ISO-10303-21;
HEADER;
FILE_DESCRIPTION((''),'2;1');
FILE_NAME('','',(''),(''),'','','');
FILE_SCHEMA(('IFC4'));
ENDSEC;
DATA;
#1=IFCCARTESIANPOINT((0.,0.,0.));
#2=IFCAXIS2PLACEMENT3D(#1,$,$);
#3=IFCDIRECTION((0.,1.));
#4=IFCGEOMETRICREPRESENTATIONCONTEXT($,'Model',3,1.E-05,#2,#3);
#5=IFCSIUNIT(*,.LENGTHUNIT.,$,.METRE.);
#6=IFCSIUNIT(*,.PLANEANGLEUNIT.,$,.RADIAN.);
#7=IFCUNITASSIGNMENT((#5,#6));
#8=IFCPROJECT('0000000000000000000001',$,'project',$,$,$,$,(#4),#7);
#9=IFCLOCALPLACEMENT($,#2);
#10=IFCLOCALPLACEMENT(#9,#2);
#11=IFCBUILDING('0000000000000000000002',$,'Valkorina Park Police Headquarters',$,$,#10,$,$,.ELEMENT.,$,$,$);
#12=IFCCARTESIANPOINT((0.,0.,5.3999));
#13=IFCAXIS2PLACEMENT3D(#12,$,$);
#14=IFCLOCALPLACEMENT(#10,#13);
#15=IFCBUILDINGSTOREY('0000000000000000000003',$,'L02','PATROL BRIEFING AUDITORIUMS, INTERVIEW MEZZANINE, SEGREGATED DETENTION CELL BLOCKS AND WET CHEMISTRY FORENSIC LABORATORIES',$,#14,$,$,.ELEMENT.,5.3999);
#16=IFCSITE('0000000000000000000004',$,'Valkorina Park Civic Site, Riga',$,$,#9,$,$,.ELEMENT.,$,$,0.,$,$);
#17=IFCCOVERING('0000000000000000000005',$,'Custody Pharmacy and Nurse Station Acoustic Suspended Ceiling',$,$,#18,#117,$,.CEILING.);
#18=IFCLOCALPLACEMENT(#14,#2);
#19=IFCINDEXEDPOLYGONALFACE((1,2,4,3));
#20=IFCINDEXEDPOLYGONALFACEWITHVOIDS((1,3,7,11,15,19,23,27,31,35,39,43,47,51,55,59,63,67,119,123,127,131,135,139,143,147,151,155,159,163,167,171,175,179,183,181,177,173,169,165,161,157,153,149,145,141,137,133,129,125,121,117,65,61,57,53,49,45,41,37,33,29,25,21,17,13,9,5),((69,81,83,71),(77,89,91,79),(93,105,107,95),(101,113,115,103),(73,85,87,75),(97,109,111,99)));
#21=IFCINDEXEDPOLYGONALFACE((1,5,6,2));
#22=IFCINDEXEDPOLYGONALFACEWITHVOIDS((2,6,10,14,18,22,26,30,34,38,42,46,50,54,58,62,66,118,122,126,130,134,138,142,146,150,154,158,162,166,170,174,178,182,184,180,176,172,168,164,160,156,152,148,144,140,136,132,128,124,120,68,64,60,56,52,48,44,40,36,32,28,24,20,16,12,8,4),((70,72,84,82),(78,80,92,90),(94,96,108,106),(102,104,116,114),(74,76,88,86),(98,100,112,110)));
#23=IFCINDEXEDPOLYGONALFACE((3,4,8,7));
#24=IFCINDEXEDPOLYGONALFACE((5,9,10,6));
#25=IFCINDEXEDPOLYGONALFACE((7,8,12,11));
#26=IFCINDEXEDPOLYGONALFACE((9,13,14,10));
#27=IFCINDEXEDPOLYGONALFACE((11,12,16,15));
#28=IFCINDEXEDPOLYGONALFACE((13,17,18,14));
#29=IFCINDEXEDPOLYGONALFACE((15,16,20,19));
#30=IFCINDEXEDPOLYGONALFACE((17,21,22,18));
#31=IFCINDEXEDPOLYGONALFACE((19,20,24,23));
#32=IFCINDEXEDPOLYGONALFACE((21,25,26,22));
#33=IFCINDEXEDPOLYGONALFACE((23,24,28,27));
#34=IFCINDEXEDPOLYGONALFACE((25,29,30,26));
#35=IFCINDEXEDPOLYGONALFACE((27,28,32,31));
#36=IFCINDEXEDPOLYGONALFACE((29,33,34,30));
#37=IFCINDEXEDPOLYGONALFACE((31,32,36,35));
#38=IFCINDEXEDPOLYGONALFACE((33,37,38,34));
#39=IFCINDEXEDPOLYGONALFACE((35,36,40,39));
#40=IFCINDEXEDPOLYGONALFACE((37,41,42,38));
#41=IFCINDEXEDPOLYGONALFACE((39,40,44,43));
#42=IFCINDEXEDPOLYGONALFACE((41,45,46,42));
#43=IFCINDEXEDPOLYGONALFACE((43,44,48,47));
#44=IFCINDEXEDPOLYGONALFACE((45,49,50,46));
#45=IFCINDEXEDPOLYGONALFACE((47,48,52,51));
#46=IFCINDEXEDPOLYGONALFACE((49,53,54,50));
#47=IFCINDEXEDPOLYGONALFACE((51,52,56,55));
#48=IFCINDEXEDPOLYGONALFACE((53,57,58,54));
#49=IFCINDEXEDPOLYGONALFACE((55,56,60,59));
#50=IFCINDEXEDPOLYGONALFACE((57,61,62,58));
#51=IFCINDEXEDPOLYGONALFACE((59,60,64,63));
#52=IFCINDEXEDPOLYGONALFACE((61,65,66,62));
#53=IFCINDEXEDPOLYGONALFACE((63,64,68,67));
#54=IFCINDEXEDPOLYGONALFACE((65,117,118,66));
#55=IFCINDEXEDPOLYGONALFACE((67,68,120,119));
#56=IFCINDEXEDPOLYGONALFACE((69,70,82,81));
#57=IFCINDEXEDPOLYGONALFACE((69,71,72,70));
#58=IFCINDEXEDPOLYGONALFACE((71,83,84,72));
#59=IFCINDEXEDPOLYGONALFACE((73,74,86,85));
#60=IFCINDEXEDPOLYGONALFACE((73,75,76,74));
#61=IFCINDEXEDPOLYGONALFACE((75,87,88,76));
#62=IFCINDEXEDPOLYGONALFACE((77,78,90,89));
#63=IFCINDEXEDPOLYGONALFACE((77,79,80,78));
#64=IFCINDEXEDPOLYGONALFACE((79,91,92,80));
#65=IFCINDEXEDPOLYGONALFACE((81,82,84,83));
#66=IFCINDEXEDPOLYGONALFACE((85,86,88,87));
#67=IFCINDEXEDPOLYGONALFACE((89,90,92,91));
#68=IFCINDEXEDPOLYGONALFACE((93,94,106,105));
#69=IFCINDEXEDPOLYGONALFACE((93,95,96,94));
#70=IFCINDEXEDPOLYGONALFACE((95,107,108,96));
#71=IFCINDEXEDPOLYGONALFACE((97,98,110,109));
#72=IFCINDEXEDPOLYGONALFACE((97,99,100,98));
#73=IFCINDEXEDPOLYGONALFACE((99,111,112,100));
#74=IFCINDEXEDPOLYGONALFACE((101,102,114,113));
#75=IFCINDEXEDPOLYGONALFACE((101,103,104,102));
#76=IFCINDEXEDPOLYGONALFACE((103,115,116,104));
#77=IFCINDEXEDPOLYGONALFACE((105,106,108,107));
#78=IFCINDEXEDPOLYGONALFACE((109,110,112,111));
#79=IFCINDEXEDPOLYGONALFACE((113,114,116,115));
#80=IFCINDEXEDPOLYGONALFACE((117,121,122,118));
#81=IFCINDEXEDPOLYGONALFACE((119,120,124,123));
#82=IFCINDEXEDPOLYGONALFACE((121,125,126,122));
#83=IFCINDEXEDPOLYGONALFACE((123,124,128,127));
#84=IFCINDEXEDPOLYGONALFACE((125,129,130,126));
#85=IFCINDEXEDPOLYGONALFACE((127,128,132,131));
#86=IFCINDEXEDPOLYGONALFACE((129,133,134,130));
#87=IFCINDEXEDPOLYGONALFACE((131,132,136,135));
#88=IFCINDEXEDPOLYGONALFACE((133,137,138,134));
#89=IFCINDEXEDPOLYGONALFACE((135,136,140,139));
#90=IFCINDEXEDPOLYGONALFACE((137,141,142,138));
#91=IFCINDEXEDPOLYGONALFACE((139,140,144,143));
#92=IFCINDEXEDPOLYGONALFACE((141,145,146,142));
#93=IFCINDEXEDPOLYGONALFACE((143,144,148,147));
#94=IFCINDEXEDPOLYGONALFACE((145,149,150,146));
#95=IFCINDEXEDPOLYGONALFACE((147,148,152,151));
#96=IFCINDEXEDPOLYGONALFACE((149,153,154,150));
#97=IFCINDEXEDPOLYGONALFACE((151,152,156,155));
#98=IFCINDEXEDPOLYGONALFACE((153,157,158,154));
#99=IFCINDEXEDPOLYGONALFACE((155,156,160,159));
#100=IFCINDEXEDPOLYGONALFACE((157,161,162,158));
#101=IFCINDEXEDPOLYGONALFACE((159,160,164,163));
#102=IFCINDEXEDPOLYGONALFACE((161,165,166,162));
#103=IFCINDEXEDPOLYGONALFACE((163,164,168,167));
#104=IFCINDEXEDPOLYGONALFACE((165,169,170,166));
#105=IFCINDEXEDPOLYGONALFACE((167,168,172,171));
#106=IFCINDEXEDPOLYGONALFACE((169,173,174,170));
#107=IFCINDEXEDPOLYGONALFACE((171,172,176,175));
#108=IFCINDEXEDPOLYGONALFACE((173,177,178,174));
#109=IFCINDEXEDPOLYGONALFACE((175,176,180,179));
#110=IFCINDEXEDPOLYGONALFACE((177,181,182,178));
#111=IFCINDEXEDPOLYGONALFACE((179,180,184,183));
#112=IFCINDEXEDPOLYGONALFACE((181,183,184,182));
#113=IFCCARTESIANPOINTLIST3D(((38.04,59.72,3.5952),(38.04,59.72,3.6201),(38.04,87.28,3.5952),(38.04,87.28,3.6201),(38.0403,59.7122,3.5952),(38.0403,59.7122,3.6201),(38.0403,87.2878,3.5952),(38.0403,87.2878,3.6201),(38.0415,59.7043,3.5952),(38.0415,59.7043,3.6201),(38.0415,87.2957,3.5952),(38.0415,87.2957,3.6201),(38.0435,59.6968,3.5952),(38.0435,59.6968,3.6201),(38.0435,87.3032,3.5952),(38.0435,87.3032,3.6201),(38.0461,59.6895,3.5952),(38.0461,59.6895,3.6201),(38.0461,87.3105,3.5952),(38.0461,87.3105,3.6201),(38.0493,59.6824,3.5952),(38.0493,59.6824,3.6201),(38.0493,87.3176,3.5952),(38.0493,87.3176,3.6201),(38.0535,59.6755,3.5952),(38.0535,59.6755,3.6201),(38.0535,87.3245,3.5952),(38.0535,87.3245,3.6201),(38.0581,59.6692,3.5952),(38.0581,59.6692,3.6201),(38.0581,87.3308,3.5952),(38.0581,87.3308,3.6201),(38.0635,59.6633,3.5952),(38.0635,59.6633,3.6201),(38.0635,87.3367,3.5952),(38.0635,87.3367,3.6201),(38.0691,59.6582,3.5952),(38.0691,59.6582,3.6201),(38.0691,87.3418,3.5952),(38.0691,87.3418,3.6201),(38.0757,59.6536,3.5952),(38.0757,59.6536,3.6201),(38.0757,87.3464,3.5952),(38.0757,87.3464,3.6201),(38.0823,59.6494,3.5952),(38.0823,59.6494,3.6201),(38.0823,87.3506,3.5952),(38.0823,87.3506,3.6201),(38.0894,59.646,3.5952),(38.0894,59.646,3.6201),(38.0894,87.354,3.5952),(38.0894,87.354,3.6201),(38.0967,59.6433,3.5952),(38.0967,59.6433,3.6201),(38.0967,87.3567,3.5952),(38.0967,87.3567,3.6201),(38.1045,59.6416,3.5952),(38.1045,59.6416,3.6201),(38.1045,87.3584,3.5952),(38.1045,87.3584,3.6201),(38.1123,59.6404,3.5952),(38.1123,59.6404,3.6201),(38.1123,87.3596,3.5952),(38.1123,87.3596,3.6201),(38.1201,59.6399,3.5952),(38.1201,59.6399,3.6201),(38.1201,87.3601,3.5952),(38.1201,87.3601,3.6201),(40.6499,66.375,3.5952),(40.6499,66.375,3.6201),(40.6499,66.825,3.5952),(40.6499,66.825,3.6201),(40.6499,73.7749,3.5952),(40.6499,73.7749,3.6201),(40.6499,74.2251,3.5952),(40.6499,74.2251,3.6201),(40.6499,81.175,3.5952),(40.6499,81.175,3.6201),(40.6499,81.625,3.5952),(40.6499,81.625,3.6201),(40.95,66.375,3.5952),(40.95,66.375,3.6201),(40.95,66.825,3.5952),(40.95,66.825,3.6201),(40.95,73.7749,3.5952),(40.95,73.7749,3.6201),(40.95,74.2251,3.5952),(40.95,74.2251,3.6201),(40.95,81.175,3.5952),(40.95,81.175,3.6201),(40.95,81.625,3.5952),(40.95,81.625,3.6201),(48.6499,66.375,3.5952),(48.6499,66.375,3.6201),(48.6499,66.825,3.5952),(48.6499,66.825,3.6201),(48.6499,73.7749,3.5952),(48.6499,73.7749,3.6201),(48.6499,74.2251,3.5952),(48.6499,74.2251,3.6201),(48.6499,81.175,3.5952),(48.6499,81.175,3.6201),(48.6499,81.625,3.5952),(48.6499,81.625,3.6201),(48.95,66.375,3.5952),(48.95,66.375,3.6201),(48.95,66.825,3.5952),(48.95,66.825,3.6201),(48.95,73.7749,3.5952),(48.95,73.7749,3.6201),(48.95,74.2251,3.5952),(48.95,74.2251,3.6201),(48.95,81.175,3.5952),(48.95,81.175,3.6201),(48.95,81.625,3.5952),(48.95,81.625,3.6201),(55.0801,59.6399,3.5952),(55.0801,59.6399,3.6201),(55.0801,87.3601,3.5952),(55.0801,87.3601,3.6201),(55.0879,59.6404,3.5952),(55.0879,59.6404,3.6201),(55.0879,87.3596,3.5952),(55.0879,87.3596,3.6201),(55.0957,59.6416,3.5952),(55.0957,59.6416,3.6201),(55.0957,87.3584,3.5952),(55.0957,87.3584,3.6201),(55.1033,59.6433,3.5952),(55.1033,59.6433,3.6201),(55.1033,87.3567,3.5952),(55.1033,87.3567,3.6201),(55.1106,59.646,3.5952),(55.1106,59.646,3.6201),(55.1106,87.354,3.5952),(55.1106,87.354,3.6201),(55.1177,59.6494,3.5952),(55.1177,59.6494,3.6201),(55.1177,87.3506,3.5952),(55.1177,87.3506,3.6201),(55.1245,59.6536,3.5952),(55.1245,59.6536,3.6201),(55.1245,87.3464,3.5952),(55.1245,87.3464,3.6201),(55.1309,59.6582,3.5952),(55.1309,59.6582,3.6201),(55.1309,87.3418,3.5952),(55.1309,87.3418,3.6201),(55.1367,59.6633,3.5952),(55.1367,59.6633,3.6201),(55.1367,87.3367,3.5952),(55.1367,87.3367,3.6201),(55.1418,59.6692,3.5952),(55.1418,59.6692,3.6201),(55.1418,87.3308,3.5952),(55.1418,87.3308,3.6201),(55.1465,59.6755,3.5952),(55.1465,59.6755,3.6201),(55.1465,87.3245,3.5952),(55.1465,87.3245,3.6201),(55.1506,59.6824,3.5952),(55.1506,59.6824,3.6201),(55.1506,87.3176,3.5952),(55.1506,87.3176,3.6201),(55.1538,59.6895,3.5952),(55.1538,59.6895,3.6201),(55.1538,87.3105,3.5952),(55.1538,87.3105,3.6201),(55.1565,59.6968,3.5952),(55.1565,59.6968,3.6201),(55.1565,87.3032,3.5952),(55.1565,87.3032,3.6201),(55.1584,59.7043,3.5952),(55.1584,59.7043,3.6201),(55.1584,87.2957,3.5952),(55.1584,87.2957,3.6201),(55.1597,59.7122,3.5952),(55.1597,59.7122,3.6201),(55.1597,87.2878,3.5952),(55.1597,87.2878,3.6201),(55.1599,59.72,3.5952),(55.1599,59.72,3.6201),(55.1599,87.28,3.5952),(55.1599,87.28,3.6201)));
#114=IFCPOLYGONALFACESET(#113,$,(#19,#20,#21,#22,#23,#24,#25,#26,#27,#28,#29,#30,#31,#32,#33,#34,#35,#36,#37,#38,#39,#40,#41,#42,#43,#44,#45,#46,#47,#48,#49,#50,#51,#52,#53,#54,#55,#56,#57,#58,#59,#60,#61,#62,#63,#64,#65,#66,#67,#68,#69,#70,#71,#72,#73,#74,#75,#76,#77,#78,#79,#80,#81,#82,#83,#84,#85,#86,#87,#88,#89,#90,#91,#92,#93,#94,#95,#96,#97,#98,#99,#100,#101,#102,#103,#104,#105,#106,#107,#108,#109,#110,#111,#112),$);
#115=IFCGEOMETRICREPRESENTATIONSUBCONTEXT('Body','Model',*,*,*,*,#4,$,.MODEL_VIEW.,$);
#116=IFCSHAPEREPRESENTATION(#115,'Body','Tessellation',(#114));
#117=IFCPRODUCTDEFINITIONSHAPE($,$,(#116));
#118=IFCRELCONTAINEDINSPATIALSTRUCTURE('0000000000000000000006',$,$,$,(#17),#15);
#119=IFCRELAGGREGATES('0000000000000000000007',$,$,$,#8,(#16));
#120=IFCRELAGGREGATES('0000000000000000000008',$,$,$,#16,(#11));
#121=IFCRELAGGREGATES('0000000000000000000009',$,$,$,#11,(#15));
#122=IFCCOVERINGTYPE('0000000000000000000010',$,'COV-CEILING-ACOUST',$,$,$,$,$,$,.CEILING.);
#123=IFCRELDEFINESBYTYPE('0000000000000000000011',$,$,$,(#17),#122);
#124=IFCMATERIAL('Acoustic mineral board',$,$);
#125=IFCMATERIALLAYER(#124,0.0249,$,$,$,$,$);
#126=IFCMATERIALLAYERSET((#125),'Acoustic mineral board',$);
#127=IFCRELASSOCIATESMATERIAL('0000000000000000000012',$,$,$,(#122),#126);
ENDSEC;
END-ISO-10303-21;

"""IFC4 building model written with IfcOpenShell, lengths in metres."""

from ifc_helpers import new_model, si_unit, direction, frame, origin, place, context, subcontext, project, spatial, polyline, outline, extrude, material, layer, layer_set, type_object, element, save


model = new_model("IFC4")

# Units and contexts
model_context = context("Model", 3, precision=1e-05, world=origin(), true_north=direction((0.0, 1.0)))
body_context = subcontext(model_context, "Body", "Model", "MODEL_VIEW")
ifc_project = project(units=[si_unit("LENGTHUNIT", "METRE"), si_unit("PLANEANGLEUNIT", "RADIAN")], contexts=[model_context])

# Site, building, storey
site_placement = place(None, origin())
site = spatial("IfcSite", under=ifc_project, at=site_placement, Name="Valkorina Park Civic Site, Riga", CompositionType="ELEMENT", RefElevation=0.0)
building_placement = place(site_placement, origin())
building = spatial("IfcBuilding", under=site, at=building_placement, Name="Valkorina Park Police Headquarters", CompositionType="ELEMENT")
storey_placement = place(building_placement, frame((0.0, 0.0, 5.3999)))
storey = spatial("IfcBuildingStorey", under=building, at=storey_placement, Name="L02", Description="PATROL BRIEFING AUDITORIUMS, INTERVIEW MEZZANINE, SEGREGATED DETENTION CELL BLOCKS AND WET CHEMISTRY FORENSIC LABORATORIES", CompositionType="ELEMENT", Elevation=5.3999)

# Covering
ifc_material_1 = material(Name="Acoustic mineral board")
ifc_layer_1 = layer(ifc_material_1, 0.0249)
ifc_layer_set_1 = layer_set([ifc_layer_1], Name="Acoustic mineral board")
covering_type_1 = type_object("IfcCoveringType", Name="COV-CEILING-ACOUST", PredefinedType="CEILING", material=ifc_layer_set_1)
covering_1_placement = place(storey_placement, frame((0.0, 0.0, 3.5952)))
element("IfcCovering", 1, at=covering_1_placement, inside=storey, type_object=covering_type_1, Name="Custody Pharmacy and Nurse Station Acoustic Suspended Ceiling", PredefinedType="CEILING", context=body_context, shape_type="SweptSolid", body=[
    extrude(outline(polyline([(55.1584, 59.7043), (55.1597, 59.7122), (55.1599, 59.72), (55.1599, 87.28), (55.1597, 87.2878), (55.1584, 87.2957), (55.1565, 87.3032), (55.1538, 87.3105), (55.1506, 87.3176), (55.1465, 87.3245), (55.1418, 87.3308), (55.1367, 87.3367), (55.1309, 87.3418), (55.1245, 87.3464), (55.1177, 87.3506), (55.1106, 87.354), (55.1033, 87.3567), (55.0957, 87.3584), (55.0879, 87.3596), (55.0801, 87.3601), (38.1201, 87.3601), (38.1123, 87.3596), (38.1045, 87.3584), (38.0967, 87.3567), (38.0894, 87.354), (38.0823, 87.3506), (38.0757, 87.3464), (38.0691, 87.3418), (38.0635, 87.3367), (38.0581, 87.3308), (38.0535, 87.3245), (38.0493, 87.3176), (38.0461, 87.3105), (38.0435, 87.3032), (38.0415, 87.2957), (38.0403, 87.2878), (38.04, 87.28), (38.04, 59.72), (38.0403, 59.7122), (38.0415, 59.7043), (38.0435, 59.6968), (38.0461, 59.6895), (38.0493, 59.6824), (38.0535, 59.6755), (38.0581, 59.6692), (38.0635, 59.6633), (38.0691, 59.6582), (38.0757, 59.6536), (38.0823, 59.6494), (38.0894, 59.646), (38.0967, 59.6433), (38.1045, 59.6416), (38.1123, 59.6404), (38.1201, 59.6399), (55.0801, 59.6399), (55.0879, 59.6404), (55.0957, 59.6416), (55.1033, 59.6433), (55.1106, 59.646), (55.1177, 59.6494), (55.1245, 59.6536), (55.1309, 59.6582), (55.1367, 59.6633), (55.1418, 59.6692), (55.1465, 59.6755), (55.1506, 59.6824), (55.1538, 59.6895), (55.1565, 59.6968), (55.1584, 59.7043)]), holes=[polyline([(48.95, 81.175), (48.6499, 81.175), (48.6499, 81.625), (48.95, 81.625), (48.95, 81.175)]), polyline([(48.95, 73.7749), (48.6499, 73.7749), (48.6499, 74.2251), (48.95, 74.2251), (48.95, 73.7749)]), polyline([(48.95, 66.375), (48.6499, 66.375), (48.6499, 66.825), (48.95, 66.825), (48.95, 66.375)]), polyline([(40.95, 66.375), (40.6499, 66.375), (40.6499, 66.825), (40.95, 66.825), (40.95, 66.375)]), polyline([(40.95, 73.7749), (40.6499, 73.7749), (40.6499, 74.2251), (40.95, 74.2251), (40.95, 73.7749)]), polyline([(40.95, 81.175), (40.6499, 81.175), (40.6499, 81.625), (40.95, 81.625), (40.95, 81.175)])]), origin(), (0.0, 0.0, 1.0), 0.0249),
])

save(model, "model.ifc")
